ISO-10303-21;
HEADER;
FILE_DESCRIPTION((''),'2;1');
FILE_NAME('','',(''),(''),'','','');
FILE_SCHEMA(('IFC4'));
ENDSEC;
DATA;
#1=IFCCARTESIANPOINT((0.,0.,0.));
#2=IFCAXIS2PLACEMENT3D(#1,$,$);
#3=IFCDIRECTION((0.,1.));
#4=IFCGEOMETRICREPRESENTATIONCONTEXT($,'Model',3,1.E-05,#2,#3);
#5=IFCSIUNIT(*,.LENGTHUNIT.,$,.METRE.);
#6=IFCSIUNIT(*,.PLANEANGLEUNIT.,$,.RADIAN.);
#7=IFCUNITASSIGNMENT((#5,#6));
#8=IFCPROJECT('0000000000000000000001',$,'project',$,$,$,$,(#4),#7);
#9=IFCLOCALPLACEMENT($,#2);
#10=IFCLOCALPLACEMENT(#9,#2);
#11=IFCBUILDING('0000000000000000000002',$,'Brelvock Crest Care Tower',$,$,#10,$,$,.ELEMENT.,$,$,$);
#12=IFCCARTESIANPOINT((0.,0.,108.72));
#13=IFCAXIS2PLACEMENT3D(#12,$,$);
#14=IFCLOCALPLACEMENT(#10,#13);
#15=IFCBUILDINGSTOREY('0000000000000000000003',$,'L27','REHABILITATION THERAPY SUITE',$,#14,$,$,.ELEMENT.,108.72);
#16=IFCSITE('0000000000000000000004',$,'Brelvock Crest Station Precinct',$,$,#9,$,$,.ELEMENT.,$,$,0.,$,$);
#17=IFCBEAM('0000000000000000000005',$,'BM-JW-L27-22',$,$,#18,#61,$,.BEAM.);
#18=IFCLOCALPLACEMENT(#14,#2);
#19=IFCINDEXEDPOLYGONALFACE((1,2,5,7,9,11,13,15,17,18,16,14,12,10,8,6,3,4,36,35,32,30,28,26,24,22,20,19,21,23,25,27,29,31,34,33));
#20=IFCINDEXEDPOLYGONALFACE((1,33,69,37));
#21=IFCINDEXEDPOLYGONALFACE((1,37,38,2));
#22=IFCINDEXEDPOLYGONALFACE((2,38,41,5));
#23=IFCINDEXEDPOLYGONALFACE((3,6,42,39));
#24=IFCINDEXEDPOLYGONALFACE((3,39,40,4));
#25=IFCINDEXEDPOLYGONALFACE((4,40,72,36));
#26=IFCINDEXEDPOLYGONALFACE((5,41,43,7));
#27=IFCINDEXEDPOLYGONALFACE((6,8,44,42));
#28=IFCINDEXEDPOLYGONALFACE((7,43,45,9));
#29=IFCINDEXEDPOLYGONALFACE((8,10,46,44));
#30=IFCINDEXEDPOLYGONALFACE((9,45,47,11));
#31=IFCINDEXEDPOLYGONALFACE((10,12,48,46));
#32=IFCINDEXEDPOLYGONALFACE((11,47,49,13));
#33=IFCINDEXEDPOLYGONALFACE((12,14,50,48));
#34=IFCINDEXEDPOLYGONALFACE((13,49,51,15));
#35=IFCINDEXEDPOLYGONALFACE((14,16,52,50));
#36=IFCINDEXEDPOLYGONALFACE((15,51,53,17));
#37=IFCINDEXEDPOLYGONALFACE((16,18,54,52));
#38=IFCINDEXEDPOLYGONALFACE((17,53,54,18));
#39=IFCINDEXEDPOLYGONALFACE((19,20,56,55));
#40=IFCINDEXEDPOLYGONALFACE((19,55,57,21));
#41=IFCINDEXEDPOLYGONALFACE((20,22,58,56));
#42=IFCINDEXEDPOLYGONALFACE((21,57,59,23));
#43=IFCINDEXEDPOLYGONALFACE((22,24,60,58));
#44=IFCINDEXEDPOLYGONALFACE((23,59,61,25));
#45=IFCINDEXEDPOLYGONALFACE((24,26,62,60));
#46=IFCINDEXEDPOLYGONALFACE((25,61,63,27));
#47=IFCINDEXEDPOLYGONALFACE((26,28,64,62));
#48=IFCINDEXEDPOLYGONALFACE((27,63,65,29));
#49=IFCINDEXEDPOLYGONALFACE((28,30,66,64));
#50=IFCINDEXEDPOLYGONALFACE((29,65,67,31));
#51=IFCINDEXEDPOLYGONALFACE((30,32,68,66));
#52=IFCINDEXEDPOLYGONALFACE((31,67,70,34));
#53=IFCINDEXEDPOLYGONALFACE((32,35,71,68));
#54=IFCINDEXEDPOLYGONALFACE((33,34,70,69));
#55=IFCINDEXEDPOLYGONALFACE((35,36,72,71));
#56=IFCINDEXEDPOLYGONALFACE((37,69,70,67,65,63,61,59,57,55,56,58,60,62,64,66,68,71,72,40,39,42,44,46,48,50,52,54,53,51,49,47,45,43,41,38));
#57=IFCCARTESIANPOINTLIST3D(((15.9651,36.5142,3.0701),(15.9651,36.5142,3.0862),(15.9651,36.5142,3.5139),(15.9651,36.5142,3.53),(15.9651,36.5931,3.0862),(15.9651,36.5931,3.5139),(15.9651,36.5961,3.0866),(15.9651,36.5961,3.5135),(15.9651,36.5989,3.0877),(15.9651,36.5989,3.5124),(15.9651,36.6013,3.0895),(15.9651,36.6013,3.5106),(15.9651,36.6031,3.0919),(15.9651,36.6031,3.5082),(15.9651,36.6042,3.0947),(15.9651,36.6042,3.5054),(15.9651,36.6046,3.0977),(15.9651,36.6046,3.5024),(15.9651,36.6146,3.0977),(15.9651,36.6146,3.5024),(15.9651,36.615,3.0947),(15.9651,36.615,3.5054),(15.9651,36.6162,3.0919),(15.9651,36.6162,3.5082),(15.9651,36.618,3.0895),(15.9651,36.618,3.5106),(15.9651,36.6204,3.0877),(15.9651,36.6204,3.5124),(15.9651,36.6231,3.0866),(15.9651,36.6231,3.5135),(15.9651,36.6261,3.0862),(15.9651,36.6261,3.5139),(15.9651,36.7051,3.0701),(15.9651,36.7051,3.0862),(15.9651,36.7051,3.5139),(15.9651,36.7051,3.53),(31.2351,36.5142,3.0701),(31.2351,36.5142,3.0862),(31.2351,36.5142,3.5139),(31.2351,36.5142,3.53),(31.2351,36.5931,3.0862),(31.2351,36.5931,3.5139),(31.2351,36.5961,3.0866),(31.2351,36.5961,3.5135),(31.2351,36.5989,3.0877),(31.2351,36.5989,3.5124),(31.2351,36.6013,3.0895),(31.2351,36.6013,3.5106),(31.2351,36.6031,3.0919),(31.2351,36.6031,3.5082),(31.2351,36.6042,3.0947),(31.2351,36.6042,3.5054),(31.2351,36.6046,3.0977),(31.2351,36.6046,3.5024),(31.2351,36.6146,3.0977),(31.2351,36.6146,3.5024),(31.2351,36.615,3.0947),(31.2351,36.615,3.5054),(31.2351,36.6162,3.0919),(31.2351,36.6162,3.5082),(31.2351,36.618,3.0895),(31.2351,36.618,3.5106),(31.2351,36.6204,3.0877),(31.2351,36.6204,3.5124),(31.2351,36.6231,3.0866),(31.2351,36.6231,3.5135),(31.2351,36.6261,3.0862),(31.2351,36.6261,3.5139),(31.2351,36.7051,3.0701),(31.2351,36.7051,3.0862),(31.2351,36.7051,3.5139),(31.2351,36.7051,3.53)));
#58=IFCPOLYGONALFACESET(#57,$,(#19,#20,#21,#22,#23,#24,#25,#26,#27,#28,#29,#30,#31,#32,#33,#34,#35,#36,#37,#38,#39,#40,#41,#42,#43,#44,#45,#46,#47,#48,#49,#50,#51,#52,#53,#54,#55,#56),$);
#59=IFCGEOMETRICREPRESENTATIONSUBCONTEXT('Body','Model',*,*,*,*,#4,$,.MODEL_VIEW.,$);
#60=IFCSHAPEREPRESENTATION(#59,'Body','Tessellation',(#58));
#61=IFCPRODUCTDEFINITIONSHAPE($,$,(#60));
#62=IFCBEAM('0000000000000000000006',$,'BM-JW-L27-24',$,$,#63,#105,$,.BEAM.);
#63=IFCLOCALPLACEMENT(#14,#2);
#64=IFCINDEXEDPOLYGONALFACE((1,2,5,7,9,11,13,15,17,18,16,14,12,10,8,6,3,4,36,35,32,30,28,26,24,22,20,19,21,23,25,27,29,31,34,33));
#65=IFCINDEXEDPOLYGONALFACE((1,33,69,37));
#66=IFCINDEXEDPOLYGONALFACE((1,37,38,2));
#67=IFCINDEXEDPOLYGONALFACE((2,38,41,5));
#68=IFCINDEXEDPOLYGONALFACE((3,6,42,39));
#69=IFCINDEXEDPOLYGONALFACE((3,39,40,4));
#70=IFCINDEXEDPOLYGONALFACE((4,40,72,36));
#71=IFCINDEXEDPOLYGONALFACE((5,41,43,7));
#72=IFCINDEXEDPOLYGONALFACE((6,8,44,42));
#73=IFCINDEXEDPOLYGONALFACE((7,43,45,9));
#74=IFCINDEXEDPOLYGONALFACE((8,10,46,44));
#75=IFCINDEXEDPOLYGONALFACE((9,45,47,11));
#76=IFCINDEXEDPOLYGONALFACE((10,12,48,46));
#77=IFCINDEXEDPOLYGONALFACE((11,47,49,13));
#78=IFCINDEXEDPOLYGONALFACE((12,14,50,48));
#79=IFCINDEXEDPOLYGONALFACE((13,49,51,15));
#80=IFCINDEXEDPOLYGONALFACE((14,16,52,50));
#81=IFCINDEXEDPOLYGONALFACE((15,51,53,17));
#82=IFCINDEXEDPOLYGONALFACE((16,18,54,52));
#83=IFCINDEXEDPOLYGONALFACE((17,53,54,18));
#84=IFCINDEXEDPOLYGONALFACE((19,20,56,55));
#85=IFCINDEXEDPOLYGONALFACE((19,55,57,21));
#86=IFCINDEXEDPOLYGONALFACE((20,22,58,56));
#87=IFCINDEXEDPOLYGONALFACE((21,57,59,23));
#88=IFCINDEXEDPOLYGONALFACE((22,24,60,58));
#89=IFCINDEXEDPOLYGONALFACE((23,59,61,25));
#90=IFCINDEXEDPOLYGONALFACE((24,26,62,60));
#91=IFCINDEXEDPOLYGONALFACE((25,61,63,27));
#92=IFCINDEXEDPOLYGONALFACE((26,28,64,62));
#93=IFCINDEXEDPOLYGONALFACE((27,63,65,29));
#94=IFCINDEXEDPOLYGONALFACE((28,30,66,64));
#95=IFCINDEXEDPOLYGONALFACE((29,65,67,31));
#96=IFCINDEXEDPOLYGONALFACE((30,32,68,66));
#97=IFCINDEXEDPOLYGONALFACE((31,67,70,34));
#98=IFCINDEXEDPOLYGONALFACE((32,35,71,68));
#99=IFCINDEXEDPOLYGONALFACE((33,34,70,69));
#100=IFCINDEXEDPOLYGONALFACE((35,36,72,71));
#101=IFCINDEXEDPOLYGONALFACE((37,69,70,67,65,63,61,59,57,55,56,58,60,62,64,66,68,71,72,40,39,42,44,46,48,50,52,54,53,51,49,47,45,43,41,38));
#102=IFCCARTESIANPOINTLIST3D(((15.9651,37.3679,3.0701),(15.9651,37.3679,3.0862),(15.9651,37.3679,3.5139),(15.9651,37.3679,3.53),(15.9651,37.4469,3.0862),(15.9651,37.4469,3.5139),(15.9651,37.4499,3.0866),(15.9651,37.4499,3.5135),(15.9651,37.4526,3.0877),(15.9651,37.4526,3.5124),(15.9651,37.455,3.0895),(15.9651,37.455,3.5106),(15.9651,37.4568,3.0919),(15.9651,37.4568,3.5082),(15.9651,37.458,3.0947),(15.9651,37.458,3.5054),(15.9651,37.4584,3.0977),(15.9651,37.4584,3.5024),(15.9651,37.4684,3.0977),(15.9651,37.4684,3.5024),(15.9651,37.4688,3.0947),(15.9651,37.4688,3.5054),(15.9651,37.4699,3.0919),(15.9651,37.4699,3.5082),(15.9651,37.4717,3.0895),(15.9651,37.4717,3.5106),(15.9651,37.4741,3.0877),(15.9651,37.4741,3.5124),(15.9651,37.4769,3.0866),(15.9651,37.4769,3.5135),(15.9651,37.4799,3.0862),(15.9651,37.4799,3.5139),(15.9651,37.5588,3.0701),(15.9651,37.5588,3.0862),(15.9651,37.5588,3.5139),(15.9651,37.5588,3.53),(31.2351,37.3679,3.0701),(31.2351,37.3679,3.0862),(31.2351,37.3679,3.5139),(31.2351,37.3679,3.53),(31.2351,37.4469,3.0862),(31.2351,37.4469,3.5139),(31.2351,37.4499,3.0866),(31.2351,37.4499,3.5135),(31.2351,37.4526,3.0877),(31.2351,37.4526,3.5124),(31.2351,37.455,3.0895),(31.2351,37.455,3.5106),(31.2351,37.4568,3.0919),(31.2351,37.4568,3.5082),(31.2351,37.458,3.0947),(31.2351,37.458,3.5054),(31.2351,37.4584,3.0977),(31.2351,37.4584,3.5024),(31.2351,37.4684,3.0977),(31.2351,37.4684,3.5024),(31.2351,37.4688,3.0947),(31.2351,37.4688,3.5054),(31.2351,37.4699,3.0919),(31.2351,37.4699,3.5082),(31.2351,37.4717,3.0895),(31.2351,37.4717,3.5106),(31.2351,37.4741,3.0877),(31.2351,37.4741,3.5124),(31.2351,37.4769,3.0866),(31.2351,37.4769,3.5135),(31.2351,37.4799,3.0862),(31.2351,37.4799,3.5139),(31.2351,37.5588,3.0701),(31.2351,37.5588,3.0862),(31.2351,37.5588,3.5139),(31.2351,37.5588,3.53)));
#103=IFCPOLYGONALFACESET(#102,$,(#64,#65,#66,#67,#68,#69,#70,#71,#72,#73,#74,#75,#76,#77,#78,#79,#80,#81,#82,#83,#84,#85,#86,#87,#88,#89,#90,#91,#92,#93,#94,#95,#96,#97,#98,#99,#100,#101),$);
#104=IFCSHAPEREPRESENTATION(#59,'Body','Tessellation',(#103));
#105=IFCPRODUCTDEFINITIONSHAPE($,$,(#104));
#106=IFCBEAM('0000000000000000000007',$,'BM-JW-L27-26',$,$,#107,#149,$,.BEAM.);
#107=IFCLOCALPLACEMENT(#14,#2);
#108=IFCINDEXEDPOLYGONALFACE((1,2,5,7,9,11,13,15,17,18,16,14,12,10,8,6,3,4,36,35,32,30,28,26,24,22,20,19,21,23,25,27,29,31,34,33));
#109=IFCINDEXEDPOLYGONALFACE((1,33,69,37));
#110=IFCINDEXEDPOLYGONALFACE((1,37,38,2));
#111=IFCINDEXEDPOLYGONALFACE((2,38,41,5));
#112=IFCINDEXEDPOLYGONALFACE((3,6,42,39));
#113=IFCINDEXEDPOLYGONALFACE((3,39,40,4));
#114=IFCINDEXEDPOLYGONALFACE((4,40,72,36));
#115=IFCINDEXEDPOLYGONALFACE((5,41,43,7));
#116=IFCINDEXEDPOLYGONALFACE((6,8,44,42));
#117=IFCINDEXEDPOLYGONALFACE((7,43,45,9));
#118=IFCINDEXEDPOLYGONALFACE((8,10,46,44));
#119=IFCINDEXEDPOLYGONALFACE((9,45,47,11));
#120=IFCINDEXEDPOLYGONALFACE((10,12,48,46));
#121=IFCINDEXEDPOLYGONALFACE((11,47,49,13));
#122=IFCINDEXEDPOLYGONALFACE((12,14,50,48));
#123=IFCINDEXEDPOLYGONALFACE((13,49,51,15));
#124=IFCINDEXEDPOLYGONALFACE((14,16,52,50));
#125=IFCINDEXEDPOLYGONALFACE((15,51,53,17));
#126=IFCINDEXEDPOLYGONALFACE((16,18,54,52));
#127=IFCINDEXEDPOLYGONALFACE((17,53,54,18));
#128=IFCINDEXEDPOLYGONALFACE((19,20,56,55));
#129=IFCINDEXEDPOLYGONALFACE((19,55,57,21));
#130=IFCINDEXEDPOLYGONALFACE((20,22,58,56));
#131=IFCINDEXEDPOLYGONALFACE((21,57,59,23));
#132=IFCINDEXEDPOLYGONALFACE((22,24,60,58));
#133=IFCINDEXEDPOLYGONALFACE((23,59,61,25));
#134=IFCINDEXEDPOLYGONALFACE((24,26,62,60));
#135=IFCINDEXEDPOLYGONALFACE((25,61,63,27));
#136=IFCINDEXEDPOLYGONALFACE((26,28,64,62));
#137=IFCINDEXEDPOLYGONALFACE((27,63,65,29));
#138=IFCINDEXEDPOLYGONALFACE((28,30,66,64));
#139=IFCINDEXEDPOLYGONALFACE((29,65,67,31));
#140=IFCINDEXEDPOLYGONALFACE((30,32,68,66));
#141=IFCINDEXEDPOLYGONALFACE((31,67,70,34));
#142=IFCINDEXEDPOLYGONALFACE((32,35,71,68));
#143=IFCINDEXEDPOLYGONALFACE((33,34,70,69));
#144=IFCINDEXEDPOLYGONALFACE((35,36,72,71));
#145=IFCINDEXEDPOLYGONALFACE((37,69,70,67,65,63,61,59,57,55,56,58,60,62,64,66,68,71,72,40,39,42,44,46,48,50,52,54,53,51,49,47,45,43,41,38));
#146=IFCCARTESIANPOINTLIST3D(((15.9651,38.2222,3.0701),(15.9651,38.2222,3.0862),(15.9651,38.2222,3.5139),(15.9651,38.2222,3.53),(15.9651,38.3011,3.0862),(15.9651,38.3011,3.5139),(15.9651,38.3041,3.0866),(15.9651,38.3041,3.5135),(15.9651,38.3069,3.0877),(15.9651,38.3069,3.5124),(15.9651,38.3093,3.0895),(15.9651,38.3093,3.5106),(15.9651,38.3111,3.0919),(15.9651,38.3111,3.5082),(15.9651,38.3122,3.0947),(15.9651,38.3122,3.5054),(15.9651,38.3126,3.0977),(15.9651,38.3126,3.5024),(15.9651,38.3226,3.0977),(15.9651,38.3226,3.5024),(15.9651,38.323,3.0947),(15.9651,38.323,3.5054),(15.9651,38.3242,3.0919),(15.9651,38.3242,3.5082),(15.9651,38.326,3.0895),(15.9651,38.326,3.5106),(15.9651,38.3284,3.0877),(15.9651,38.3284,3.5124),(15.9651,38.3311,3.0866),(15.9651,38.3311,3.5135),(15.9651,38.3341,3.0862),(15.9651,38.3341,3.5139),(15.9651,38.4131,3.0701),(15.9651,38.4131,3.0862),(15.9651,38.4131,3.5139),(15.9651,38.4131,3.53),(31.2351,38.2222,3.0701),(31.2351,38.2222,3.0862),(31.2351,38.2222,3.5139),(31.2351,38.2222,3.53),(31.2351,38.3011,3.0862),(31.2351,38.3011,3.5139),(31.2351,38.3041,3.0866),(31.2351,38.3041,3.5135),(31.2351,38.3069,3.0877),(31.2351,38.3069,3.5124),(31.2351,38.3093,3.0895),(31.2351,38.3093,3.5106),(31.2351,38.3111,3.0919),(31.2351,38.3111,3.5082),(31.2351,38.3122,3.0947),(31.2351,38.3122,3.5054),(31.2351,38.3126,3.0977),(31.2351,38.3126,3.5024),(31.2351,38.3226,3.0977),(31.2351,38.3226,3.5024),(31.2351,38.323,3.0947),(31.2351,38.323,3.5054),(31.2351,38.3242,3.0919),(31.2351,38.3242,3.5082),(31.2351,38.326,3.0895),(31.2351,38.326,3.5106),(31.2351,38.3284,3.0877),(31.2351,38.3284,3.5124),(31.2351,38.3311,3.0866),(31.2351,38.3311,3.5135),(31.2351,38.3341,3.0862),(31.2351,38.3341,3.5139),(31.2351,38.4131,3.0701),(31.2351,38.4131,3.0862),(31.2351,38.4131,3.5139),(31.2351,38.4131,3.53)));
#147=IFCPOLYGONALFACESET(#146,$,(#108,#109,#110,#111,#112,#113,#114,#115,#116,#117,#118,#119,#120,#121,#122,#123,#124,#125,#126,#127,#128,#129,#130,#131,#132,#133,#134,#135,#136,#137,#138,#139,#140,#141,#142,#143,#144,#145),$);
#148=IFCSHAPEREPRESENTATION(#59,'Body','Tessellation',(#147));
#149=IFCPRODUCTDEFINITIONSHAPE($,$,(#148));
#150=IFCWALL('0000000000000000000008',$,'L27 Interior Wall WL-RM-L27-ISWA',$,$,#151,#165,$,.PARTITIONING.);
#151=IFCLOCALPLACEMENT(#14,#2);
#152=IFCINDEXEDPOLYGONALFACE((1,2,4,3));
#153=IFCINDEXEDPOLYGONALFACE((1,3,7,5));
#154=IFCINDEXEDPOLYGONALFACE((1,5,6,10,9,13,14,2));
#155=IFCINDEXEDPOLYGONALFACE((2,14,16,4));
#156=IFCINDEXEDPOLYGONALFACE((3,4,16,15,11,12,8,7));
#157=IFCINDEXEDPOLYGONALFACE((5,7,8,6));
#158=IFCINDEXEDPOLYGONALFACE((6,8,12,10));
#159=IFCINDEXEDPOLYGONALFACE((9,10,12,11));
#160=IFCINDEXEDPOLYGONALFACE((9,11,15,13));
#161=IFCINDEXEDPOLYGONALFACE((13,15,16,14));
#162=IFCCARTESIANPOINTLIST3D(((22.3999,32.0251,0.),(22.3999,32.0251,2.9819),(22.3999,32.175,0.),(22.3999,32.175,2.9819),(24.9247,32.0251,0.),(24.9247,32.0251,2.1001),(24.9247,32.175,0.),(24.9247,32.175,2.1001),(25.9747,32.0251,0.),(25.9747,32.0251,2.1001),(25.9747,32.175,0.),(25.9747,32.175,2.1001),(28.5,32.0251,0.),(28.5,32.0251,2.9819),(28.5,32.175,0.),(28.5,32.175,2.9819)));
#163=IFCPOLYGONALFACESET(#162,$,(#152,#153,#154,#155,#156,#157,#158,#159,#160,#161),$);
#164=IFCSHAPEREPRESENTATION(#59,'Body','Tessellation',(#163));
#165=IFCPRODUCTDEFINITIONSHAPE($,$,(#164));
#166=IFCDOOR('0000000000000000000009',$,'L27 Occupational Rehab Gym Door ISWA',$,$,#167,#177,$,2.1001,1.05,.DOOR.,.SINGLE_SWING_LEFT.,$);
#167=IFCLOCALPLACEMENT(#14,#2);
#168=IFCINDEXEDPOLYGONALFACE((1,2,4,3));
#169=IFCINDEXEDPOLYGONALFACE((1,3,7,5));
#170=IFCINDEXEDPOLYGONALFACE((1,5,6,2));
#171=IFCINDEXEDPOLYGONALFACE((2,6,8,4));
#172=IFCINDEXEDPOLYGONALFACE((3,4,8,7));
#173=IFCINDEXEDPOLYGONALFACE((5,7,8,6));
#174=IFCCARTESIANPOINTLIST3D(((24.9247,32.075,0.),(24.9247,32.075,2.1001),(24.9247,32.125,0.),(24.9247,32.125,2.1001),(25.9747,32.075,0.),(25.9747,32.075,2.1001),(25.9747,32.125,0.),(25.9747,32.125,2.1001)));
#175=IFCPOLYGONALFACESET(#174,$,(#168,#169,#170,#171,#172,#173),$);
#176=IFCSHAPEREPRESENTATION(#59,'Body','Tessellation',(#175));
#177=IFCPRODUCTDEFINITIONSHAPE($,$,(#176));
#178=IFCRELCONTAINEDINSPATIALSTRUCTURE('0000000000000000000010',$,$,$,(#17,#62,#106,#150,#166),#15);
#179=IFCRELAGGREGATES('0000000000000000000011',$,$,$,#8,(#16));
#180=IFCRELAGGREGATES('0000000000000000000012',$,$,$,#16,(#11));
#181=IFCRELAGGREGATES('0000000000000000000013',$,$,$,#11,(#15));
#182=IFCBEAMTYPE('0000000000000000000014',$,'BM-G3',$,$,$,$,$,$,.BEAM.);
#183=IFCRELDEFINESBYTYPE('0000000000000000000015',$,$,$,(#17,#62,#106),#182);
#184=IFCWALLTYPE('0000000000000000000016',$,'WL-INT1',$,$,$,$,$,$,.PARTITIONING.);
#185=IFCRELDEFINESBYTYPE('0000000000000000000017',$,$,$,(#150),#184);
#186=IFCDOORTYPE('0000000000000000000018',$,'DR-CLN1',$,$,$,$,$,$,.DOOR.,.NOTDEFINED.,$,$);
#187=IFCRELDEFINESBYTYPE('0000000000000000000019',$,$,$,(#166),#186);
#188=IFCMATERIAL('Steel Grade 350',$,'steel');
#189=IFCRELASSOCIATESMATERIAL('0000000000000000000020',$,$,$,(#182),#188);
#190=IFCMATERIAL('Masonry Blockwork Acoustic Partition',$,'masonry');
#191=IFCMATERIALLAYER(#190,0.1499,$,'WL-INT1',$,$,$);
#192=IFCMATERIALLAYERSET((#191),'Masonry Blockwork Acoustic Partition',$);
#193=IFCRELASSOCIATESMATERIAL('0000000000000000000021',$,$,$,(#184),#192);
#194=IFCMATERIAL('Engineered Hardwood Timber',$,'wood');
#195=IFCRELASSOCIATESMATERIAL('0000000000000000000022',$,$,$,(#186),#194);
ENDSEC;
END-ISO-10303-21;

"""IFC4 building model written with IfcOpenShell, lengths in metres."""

from ifc_helpers import new_model, si_unit, direction, frame, frame_2d, origin, origin_2d, place, context, subcontext, project, spatial, rectangle, i_section, extrude, source, transform, mapped, material, layer, layer_set, material_profile, profile_set, type_object, element, fill, save


model = new_model("IFC4")

# Units and contexts
model_context = context("Model", 3, precision=1e-05, world=origin(), true_north=direction((0.0, 1.0)))
body_context = subcontext(model_context, "Body", "Model", "MODEL_VIEW")
ifc_project = project(units=[si_unit("LENGTHUNIT", "METRE"), si_unit("PLANEANGLEUNIT", "RADIAN")], contexts=[model_context])

# Site, building, storey
site_placement = place(None, origin())
site = spatial("IfcSite", under=ifc_project, at=site_placement, Name="Brelvock Crest Station Precinct", CompositionType="ELEMENT", RefElevation=0.0)
building_placement = place(site_placement, origin())
building = spatial("IfcBuilding", under=site, at=building_placement, Name="Brelvock Crest Care Tower", CompositionType="ELEMENT")
storey_placement = place(building_placement, frame((0.0, 0.0, 108.72)))
storey = spatial("IfcBuildingStorey", under=building, at=storey_placement, Name="L27", Description="REHABILITATION THERAPY SUITE", CompositionType="ELEMENT", Elevation=108.72)

# Beams
ifc_material_1 = material(Name="Steel Grade 350", Category="steel")
ifc_material_profile_1 = material_profile(ifc_material_1, i_section(OverallWidth=0.1909, OverallDepth=0.46, WebThickness=0.01, FlangeThickness=0.0161, FilletRadius=0.0115, at=origin_2d()), Name="460UB82.1")
ifc_profile_set_1 = profile_set([ifc_material_profile_1], Name="Steel Grade 350")
beam_type_1 = type_object("IfcBeamType", Name="BM-G3", PredefinedType="BEAM", material=ifc_profile_set_1)
shared_shape_1 = source(origin(), body_context, "Body", "SweptSolid", [
    extrude(i_section(OverallWidth=0.1909, OverallDepth=0.46, WebThickness=0.01, FlangeThickness=0.0161, FilletRadius=0.0115, at=origin_2d()), origin(), (0.0, 0.0, 1.0), 15.27),
])
for number, where, z_axis, x_axis, name in (
    (1, (15.9651, 36.6096, 3.3), (1.0, 0.0, 0.0), (0.0, 1.0, 0.0), "BM-JW-L27-22"),
    (2, (15.9651, 37.4634, 3.3), (1.0, 0.0, 0.0), (0.0, 1.0, 0.0), "BM-JW-L27-24"),
    (3, (15.9651, 38.3176, 3.3), (1.0, 0.0, 0.0), (0.0, 1.0, 0.0), "BM-JW-L27-26"),
):
    element("IfcBeam", number, at=place(storey_placement, frame(where, z_axis=z_axis, x_axis=x_axis)), inside=storey, type_object=beam_type_1, Name=name, PredefinedType="BEAM", context=body_context, shape_type="MappedRepresentation", body=[
        mapped(shared_shape_1, transform((0.0, 0.0, 0.0), x_axis=(1.0, 0.0, 0.0), y_axis=(0.0, 1.0, 0.0), z_axis=(0.0, 0.0, 1.0), scale=1.0)),
    ])

# Wall, opening, door
ifc_material_2 = material(Name="Masonry Blockwork Acoustic Partition", Category="masonry")
ifc_layer = layer(ifc_material_2, 0.1499, Name="WL-INT1")
ifc_layer_set = layer_set([ifc_layer], Name="Masonry Blockwork Acoustic Partition")
wall_type = type_object("IfcWallType", Name="WL-INT1", PredefinedType="PARTITIONING", material=ifc_layer_set)
wall_1_placement = place(storey_placement, frame((22.3999, 32.1001, 0.0), z_axis=(0.0, 0.0, 1.0), x_axis=(1.0, 0.0, 0.0)))
wall_1 = element("IfcWall", 4, at=wall_1_placement, inside=storey, type_object=wall_type, Name="L27 Interior Wall WL-RM-L27-ISWA", PredefinedType="PARTITIONING", context=body_context, shape_type="SweptSolid", body=[
    extrude(rectangle(XDim=6.1001, YDim=0.1499, at=frame_2d((3.05, 0.0))), origin(), (0.0, 0.0, 1.0), 2.9819),
])
opening_1_placement = place(wall_1_placement, frame((2.5249, 0.0, 0.0)))
opening_1 = element("IfcOpeningElement", 5, at=opening_1_placement, cuts=wall_1, PredefinedType="OPENING", context=body_context, shape_type="SweptSolid", body=[
    extrude(rectangle(XDim=1.05, YDim=2.1001, at=origin_2d()), frame((0.5249, 0.085, 1.05), z_axis=(0.0, -1.0, 0.0), x_axis=(1.0, 0.0, 0.0)), (0.0, 0.0, 1.0), 0.1699),
])
ifc_material_3 = material(Name="Engineered Hardwood Timber", Category="wood")
door_type = type_object("IfcDoorType", Name="DR-CLN1", OperationType="NOTDEFINED", PredefinedType="DOOR", material=ifc_material_3)
shared_shape_2 = source(origin(), body_context, "Body", "SweptSolid", [
    extrude(rectangle(XDim=1.05, YDim=2.1001, at=origin_2d()), frame((0.5249, 0.0249, 1.05), z_axis=(0.0, -1.0, 0.0), x_axis=(1.0, 0.0, 0.0)), (0.0, 0.0, 1.0), 0.05),
])
door_1_placement = place(opening_1_placement, origin())
door_1 = element("IfcDoor", 6, at=door_1_placement, inside=storey, type_object=door_type, Name="L27 Occupational Rehab Gym Door ISWA", OperationType="SINGLE_SWING_LEFT", OverallHeight=2.1001, OverallWidth=1.05, PredefinedType="DOOR", context=body_context, shape_type="MappedRepresentation", body=[
    mapped(shared_shape_2, transform((0.0, 0.0, 0.0), x_axis=(1.0, 0.0, 0.0), y_axis=(0.0, 1.0, 0.0), z_axis=(0.0, 0.0, 1.0), scale=1.0)),
])
fill(opening_1, door_1)

save(model, "model.ifc")
